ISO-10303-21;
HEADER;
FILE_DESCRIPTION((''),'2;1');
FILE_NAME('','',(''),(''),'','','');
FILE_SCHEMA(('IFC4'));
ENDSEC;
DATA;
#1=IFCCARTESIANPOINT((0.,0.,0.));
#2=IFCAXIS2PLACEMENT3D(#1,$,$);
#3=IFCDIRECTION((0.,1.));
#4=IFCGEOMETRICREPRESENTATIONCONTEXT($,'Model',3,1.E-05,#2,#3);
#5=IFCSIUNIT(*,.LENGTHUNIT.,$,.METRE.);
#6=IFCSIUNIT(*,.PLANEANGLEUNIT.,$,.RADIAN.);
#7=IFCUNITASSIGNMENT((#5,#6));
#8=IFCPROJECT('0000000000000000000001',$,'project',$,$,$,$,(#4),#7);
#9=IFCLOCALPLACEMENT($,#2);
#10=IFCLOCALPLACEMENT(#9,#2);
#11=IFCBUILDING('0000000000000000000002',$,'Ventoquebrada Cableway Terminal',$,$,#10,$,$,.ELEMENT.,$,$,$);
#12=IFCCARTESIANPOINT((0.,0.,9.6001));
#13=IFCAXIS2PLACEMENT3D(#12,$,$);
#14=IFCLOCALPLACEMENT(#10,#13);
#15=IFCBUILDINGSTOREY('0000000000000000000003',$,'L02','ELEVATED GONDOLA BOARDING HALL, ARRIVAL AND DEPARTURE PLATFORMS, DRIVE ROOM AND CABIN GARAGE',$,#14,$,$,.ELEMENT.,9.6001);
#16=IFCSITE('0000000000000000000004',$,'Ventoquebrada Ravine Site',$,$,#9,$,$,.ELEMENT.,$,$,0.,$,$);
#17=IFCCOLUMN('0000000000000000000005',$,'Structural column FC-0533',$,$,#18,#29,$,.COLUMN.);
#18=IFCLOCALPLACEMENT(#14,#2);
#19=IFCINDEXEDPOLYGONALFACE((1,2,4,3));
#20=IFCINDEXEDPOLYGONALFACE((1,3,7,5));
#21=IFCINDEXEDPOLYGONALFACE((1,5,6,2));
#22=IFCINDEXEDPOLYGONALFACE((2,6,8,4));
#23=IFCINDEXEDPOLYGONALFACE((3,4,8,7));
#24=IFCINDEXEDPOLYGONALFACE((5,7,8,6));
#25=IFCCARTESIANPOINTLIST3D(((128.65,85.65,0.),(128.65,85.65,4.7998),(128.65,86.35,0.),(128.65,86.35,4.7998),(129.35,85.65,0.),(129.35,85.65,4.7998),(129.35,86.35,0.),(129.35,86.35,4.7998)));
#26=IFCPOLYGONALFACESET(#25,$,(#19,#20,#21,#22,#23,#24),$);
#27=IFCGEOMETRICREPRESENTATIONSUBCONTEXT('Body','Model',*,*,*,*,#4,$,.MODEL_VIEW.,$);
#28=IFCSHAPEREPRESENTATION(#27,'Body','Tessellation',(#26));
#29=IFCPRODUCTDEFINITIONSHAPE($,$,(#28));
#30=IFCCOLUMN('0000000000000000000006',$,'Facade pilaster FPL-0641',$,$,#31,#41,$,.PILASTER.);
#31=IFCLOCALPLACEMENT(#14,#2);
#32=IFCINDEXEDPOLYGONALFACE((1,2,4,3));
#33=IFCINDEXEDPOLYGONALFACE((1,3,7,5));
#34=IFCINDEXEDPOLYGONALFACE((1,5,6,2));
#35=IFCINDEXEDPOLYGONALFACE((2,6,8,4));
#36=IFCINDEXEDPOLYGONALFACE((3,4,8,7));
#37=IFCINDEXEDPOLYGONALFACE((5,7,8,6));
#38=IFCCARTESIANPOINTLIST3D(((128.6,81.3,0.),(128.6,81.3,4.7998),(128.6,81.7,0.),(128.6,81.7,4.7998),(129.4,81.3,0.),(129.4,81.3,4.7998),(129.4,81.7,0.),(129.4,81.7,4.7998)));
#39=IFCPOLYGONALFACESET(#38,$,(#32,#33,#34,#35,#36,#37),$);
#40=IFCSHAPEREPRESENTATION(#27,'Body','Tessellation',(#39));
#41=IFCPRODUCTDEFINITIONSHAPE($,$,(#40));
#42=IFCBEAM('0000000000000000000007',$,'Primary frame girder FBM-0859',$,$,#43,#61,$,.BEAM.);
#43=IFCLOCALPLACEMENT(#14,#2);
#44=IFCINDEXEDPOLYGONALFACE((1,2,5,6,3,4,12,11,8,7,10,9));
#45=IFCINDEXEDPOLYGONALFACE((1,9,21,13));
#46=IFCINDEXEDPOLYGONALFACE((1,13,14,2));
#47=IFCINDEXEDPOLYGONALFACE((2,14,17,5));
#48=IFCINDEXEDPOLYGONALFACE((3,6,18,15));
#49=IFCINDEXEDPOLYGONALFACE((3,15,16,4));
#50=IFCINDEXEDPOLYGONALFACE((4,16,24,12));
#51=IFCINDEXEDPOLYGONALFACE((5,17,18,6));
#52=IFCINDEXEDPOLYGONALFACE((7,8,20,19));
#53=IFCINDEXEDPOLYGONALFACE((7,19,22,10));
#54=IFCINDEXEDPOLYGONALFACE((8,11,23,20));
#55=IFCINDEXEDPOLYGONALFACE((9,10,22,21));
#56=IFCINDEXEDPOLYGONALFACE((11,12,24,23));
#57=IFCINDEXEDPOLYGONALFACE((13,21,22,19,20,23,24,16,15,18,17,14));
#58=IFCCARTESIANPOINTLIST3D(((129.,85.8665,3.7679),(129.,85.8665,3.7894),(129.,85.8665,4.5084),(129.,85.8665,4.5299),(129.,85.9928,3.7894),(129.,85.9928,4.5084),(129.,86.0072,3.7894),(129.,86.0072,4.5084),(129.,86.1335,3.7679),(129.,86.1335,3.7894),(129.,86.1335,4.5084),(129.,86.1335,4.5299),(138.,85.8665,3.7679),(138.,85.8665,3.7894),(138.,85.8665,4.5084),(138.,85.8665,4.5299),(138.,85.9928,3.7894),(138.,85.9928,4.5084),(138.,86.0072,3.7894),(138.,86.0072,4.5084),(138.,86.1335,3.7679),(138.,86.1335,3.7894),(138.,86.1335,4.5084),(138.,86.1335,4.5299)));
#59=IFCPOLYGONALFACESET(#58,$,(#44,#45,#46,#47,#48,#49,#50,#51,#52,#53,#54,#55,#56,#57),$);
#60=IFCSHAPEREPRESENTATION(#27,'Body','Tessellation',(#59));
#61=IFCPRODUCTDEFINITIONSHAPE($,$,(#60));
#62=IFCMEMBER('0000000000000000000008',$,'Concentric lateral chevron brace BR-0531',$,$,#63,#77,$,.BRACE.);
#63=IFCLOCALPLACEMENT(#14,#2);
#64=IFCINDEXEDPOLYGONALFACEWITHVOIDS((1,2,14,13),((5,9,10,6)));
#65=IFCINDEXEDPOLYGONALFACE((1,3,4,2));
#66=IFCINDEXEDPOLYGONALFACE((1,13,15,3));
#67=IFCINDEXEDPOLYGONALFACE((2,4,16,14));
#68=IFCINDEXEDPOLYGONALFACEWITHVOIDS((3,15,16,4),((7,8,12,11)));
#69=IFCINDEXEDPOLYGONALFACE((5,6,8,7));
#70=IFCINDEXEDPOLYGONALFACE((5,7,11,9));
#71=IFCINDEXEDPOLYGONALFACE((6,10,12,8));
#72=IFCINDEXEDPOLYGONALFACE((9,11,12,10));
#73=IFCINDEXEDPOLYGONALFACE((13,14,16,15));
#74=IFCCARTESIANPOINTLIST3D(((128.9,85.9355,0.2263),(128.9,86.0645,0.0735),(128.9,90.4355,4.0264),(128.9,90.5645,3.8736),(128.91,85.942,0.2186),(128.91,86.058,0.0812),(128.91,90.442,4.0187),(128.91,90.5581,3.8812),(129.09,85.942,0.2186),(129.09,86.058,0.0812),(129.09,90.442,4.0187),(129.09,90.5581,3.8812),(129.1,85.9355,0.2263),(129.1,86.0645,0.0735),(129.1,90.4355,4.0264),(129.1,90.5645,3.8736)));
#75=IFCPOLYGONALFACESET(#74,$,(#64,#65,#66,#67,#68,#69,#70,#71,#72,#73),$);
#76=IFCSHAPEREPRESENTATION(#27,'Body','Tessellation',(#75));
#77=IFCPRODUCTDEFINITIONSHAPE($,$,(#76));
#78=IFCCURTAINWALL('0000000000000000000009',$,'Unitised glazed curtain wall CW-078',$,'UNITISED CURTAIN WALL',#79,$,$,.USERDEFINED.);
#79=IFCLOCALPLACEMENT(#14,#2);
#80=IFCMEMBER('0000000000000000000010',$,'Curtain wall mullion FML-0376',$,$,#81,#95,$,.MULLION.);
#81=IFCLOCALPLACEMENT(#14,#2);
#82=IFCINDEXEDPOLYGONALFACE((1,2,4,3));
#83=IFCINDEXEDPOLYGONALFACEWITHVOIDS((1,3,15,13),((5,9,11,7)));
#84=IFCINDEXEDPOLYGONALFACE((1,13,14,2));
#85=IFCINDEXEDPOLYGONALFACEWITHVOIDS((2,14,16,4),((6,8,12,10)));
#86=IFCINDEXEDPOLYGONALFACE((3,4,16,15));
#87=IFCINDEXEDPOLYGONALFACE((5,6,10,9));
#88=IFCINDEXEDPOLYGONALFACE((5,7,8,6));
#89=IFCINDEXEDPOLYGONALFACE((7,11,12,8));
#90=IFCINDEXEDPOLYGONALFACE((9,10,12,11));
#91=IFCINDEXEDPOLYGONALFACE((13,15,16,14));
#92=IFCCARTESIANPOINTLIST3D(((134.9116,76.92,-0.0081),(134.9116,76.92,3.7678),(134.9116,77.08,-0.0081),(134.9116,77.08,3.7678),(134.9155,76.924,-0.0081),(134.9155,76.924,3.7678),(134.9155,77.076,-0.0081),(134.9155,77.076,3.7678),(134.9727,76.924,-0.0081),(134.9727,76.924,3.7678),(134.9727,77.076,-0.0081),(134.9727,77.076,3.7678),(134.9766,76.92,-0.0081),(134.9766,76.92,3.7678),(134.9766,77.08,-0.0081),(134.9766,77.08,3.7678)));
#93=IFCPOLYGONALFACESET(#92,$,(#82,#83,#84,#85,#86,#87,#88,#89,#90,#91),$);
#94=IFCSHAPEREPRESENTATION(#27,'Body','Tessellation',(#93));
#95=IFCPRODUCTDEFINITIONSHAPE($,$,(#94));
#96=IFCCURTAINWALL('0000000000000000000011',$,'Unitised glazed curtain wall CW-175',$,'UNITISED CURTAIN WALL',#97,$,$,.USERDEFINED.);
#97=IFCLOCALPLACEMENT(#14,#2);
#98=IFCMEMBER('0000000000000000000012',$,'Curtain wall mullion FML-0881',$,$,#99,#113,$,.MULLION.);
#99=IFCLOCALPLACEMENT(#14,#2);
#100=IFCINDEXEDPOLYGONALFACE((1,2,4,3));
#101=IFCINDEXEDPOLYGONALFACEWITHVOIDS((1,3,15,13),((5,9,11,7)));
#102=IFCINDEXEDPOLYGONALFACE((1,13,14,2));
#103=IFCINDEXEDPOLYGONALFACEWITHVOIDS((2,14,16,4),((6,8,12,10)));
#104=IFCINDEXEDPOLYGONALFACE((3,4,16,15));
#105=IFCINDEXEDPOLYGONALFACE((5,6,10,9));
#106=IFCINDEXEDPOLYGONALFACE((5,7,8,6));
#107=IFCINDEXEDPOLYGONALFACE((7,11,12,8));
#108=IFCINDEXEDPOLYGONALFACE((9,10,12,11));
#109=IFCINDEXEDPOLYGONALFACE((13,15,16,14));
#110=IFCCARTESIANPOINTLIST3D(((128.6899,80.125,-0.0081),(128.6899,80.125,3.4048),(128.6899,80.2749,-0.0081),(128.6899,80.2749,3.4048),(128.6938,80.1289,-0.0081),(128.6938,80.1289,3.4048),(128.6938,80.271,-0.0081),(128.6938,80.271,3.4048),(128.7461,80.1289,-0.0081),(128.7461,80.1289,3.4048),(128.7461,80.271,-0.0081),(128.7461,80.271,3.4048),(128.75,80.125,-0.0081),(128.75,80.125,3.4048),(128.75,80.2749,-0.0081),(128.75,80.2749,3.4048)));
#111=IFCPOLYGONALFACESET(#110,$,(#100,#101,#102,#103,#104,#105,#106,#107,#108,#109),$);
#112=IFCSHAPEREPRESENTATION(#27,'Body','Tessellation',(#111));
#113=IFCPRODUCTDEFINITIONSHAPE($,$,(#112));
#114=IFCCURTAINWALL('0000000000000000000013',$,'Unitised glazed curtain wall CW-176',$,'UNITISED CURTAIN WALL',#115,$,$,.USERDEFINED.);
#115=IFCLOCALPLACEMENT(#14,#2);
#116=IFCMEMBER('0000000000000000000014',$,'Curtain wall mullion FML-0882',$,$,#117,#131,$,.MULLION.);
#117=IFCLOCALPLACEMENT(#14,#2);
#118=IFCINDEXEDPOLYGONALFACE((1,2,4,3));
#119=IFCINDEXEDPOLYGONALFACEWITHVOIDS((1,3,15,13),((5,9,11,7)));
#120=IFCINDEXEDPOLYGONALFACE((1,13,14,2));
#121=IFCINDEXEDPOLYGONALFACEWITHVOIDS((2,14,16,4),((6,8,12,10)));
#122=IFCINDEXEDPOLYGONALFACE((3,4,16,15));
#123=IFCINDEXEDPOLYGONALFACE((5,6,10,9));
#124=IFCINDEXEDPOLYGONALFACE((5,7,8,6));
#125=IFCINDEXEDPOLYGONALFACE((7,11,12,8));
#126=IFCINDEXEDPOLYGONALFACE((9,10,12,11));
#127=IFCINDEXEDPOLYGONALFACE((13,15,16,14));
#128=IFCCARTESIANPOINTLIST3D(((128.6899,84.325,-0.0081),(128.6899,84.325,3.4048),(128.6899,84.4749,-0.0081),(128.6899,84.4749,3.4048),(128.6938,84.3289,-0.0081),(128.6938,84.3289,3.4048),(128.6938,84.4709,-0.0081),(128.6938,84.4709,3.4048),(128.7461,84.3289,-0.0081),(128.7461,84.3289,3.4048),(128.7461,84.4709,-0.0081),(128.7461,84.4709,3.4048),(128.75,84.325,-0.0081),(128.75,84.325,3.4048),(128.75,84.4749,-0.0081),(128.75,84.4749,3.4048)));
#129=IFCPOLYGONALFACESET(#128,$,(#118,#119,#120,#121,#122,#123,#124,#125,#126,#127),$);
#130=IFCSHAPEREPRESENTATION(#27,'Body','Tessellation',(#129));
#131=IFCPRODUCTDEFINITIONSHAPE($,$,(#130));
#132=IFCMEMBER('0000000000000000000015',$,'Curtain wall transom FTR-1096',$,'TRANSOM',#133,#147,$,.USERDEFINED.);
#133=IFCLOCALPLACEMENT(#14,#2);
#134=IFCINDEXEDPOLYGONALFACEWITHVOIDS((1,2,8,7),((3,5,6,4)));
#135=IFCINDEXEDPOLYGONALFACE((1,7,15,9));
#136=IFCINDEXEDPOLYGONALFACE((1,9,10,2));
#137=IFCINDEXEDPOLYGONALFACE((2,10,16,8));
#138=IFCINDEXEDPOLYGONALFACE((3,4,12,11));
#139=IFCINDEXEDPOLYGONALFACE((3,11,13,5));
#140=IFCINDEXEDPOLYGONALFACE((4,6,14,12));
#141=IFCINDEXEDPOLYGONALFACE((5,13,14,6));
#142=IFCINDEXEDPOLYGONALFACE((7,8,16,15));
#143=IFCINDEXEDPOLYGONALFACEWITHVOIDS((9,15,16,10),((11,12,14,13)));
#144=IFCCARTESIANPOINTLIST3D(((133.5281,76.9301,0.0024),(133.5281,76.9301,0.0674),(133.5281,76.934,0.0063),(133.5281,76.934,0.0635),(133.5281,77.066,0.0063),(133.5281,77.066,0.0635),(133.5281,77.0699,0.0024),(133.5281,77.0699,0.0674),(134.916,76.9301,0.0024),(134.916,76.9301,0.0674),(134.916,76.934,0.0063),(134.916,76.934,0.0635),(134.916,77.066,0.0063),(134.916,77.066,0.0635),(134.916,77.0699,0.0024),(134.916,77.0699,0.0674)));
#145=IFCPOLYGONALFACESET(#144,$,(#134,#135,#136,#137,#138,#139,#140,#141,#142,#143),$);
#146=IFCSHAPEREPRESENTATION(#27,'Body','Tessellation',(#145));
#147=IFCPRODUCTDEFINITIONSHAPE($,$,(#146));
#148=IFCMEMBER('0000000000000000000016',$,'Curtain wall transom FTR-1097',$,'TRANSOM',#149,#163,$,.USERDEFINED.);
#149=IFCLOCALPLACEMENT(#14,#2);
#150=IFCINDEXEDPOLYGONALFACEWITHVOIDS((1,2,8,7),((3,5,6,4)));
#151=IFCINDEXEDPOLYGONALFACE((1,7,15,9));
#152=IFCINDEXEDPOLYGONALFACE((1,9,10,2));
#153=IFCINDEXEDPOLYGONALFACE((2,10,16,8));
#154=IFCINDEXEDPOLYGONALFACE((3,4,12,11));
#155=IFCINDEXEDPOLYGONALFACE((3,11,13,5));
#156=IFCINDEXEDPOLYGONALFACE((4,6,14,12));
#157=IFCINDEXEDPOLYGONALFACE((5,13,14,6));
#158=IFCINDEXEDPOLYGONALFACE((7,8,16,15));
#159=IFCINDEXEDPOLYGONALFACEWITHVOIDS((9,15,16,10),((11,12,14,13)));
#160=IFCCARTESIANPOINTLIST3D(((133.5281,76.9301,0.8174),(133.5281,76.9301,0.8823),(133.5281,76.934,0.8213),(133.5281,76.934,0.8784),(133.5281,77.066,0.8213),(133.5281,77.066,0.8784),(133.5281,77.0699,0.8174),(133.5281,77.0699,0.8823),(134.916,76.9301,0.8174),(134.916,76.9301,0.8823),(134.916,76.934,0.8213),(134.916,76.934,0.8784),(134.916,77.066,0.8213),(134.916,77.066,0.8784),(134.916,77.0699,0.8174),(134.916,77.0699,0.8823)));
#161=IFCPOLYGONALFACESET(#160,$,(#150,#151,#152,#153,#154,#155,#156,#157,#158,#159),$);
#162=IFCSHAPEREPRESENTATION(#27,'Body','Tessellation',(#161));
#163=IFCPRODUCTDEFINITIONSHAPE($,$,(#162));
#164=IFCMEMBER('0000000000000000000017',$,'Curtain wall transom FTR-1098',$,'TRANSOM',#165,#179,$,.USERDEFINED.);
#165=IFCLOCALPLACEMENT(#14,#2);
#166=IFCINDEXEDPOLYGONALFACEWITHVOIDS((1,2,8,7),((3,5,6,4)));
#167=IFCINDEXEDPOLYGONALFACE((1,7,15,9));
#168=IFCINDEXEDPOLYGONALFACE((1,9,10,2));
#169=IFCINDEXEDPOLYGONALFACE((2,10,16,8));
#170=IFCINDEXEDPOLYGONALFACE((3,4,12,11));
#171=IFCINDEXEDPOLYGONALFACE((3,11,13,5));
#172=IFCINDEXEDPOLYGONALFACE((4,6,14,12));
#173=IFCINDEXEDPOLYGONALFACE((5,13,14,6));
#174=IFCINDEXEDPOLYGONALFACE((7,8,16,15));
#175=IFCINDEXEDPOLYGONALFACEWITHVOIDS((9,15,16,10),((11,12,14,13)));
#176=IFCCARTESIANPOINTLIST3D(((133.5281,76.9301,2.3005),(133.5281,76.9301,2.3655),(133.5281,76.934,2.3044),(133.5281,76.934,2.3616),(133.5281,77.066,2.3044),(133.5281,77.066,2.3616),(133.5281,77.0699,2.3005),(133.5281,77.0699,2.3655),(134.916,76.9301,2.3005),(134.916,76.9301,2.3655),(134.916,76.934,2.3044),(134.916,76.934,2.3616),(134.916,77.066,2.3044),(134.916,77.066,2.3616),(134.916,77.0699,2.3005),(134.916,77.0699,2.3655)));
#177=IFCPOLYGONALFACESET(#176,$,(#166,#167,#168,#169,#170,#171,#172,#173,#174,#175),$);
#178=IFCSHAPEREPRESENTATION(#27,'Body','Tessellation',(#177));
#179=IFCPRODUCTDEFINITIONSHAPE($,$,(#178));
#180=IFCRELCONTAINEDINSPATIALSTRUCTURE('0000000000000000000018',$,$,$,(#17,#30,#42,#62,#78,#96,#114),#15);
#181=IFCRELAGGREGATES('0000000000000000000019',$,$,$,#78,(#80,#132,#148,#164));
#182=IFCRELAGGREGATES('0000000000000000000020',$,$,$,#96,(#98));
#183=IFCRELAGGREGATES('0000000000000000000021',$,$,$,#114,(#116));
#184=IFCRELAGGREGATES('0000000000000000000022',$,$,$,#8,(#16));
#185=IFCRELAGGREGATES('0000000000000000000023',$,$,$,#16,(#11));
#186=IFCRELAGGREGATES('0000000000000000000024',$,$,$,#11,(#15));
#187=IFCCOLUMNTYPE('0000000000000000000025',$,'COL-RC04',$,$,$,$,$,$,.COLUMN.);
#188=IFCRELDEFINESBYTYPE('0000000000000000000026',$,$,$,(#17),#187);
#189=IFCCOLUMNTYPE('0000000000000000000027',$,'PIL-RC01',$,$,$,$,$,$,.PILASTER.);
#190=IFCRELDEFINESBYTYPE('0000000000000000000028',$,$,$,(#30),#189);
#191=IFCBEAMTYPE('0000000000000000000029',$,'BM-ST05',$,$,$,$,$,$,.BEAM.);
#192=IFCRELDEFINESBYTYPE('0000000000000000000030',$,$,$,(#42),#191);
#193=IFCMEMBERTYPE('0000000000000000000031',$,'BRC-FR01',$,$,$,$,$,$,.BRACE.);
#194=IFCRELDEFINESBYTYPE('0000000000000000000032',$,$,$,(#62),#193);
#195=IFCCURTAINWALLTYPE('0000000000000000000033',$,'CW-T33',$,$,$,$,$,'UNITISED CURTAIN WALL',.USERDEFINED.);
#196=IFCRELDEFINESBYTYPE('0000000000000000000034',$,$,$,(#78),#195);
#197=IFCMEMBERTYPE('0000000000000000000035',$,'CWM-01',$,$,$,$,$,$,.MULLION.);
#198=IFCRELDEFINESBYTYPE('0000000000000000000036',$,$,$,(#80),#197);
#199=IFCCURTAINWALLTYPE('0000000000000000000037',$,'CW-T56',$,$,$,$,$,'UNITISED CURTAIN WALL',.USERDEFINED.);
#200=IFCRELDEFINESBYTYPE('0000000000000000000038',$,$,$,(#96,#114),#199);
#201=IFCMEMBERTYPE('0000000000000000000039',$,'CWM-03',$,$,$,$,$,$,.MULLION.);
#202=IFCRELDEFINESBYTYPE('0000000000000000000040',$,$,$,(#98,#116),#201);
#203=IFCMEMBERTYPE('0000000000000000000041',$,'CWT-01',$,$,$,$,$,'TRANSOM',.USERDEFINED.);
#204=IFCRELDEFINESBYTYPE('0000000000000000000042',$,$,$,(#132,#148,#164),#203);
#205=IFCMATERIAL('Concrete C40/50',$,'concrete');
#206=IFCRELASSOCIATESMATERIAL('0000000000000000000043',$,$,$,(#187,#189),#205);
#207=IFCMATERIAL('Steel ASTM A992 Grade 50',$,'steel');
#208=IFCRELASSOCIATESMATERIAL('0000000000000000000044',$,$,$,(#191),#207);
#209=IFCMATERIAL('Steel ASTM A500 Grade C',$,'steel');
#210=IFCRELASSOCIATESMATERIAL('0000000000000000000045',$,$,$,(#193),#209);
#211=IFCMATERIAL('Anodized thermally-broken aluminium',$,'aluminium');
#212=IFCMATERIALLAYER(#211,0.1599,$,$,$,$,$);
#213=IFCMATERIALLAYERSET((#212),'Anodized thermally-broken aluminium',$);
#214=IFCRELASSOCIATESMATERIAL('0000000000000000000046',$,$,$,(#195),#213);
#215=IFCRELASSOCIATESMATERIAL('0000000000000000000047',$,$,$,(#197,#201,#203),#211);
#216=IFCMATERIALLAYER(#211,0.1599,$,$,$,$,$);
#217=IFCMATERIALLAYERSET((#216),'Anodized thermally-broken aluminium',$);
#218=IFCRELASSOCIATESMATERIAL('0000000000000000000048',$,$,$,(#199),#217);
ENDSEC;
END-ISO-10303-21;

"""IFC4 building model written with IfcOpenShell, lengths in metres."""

from ifc_helpers import new_model, si_unit, direction, frame, origin, origin_2d, place, context, subcontext, project, spatial, rectangle, hollow_rectangle, i_section, extrude, material, layer, layer_set, material_profile, profile_set, type_object, element, aggregate, save


model = new_model("IFC4")

# Units and contexts
model_context = context("Model", 3, precision=1e-05, world=origin(), true_north=direction((0.0, 1.0)))
body_context = subcontext(model_context, "Body", "Model", "MODEL_VIEW")
ifc_project = project(units=[si_unit("LENGTHUNIT", "METRE"), si_unit("PLANEANGLEUNIT", "RADIAN")], contexts=[model_context])

# Site, building, storey
site_placement = place(None, origin())
site = spatial("IfcSite", under=ifc_project, at=site_placement, Name="Ventoquebrada Ravine Site", CompositionType="ELEMENT", RefElevation=0.0)
building_placement = place(site_placement, origin())
building = spatial("IfcBuilding", under=site, at=building_placement, Name="Ventoquebrada Cableway Terminal", CompositionType="ELEMENT")
storey_placement = place(building_placement, frame((0.0, 0.0, 9.6001)))
storey = spatial("IfcBuildingStorey", under=building, at=storey_placement, Name="L02", Description="ELEVATED GONDOLA BOARDING HALL, ARRIVAL AND DEPARTURE PLATFORMS, DRIVE ROOM AND CABIN GARAGE", CompositionType="ELEMENT", Elevation=9.6001)

# Columns
ifc_material_1 = material(Name="Concrete C40/50", Category="concrete")
ifc_material_profile_1 = material_profile(ifc_material_1, rectangle(XDim=0.7, YDim=0.7, at=origin_2d()), Name="RC-COL-700X700")
ifc_profile_set_1 = profile_set([ifc_material_profile_1], Name="Concrete C40/50")
column_type_1 = type_object("IfcColumnType", Name="COL-RC04", PredefinedType="COLUMN", material=ifc_profile_set_1)
column_1_placement = place(storey_placement, frame((129.0, 86.0, 0.0), z_axis=(0.0, 0.0, 1.0), x_axis=(1.0, 0.0, 0.0)))
element("IfcColumn", 1, at=column_1_placement, inside=storey, type_object=column_type_1, Name="Structural column FC-0533", PredefinedType="COLUMN", context=body_context, shape_type="SweptSolid", body=[
    extrude(rectangle(XDim=0.7, YDim=0.7, at=origin_2d()), origin(), (0.0, 0.0, 1.0), 4.7998),
])
ifc_material_profile_2 = material_profile(ifc_material_1, rectangle(XDim=0.3999, YDim=0.8, at=origin_2d()), Name="RC-PIL-400X800")
ifc_profile_set_2 = profile_set([ifc_material_profile_2], Name="Concrete C40/50")
column_type_2 = type_object("IfcColumnType", Name="PIL-RC01", PredefinedType="PILASTER", material=ifc_profile_set_2)
column_2_placement = place(storey_placement, frame((129.0, 81.5, 0.0), z_axis=(0.0, 0.0, 1.0), x_axis=(0.0, 1.0, 0.0)))
element("IfcColumn", 2, at=column_2_placement, inside=storey, type_object=column_type_2, Name="Facade pilaster FPL-0641", PredefinedType="PILASTER", context=body_context, shape_type="SweptSolid", body=[
    extrude(rectangle(XDim=0.3999, YDim=0.8, at=origin_2d()), origin(), (0.0, 0.0, 1.0), 4.7998),
])

# Beam
ifc_material_2 = material(Name="Steel ASTM A992 Grade 50", Category="steel")
ifc_material_profile_3 = material_profile(ifc_material_2, i_section(OverallWidth=0.2671, OverallDepth=0.762, WebThickness=0.0144, FlangeThickness=0.0215, at=origin_2d()), Name="W30X116")
ifc_profile_set_3 = profile_set([ifc_material_profile_3], Name="Steel ASTM A992 Grade 50")
beam_type_1 = type_object("IfcBeamType", Name="BM-ST05", PredefinedType="BEAM", material=ifc_profile_set_3)
beam_placement = place(storey_placement, frame((129.0, 86.0, 4.1489), z_axis=(1.0, 0.0, 0.0), x_axis=(0.0, 1.0, 0.0)))
element("IfcBeam", 3, at=beam_placement, inside=storey, type_object=beam_type_1, Name="Primary frame girder FBM-0859", PredefinedType="BEAM", context=body_context, shape_type="SweptSolid", body=[
    extrude(i_section(OverallWidth=0.2671, OverallDepth=0.762, WebThickness=0.0144, FlangeThickness=0.0215, at=origin_2d()), origin(), (0.0, 0.0, 1.0), 9.0),
])

# Member
ifc_material_3 = material(Name="Steel ASTM A500 Grade C", Category="steel")
ifc_material_profile_4 = material_profile(ifc_material_3, hollow_rectangle(XDim=0.2, YDim=0.2, WallThickness=0.01, at=origin_2d()), Name="HSS200X200X10")
ifc_profile_set_4 = profile_set([ifc_material_profile_4], Name="Steel ASTM A500 Grade C")
member_type_1 = type_object("IfcMemberType", Name="BRC-FR01", PredefinedType="BRACE", material=ifc_profile_set_4)
member_1_placement = place(storey_placement, frame((129.0, 86.0, 0.1499), z_axis=(0.0, 0.764026, 0.645186), x_axis=(-1.0, 0.0, 0.0)))
element("IfcMember", 4, at=member_1_placement, inside=storey, type_object=member_type_1, Name="Concentric lateral chevron brace BR-0531", PredefinedType="BRACE", context=body_context, shape_type="SweptSolid", body=[
    extrude(hollow_rectangle(XDim=0.2, YDim=0.2, WallThickness=0.01, at=origin_2d()), origin(), (0.0, 0.0, 1.0), 5.8899),
])

# Curtain walls, members
ifc_material_4 = material(Name="Anodized thermally-broken aluminium", Category="aluminium")
ifc_layer_1 = layer(ifc_material_4, 0.1599)
ifc_layer_set_1 = layer_set([ifc_layer_1], Name="Anodized thermally-broken aluminium")
curtain_wall_type_1 = type_object("IfcCurtainWallType", Name="CW-T33", ElementType="UNITISED CURTAIN WALL", PredefinedType="USERDEFINED", material=ifc_layer_set_1)
curtain_wall_1_placement = place(storey_placement, origin())
curtain_wall_1 = element("IfcCurtainWall", 5, at=curtain_wall_1_placement, inside=storey, type_object=curtain_wall_type_1, Name="Unitised glazed curtain wall CW-078", ObjectType="UNITISED CURTAIN WALL", PredefinedType="USERDEFINED")
ifc_material_profile_5 = material_profile(ifc_material_4, hollow_rectangle(XDim=0.0649, YDim=0.1599, WallThickness=0.0039, at=origin_2d()), Name="CW-MUL-65X160")
ifc_profile_set_5 = profile_set([ifc_material_profile_5], Name="Anodized thermally-broken aluminium")
member_type_2 = type_object("IfcMemberType", Name="CWM-01", PredefinedType="MULLION", material=ifc_profile_set_5)
member_2_placement = place(storey_placement, frame((134.9441, 77.0, -0.0081), z_axis=(0.0, 0.0, 1.0), x_axis=(1.0, 0.0, 0.0)))
member_2 = element("IfcMember", 6, at=member_2_placement, type_object=member_type_2, Name="Curtain wall mullion FML-0376", PredefinedType="MULLION", context=body_context, shape_type="SweptSolid", body=[
    extrude(hollow_rectangle(XDim=0.0649, YDim=0.1599, WallThickness=0.0039, at=origin_2d()), origin(), (0.0, 0.0, 1.0), 3.7759),
])
ifc_layer_2 = layer(ifc_material_4, 0.1599)
ifc_layer_set_2 = layer_set([ifc_layer_2], Name="Anodized thermally-broken aluminium")
curtain_wall_type_2 = type_object("IfcCurtainWallType", Name="CW-T56", ElementType="UNITISED CURTAIN WALL", PredefinedType="USERDEFINED", material=ifc_layer_set_2)
curtain_wall_2_placement = place(storey_placement, origin())
curtain_wall_2 = element("IfcCurtainWall", 7, at=curtain_wall_2_placement, inside=storey, type_object=curtain_wall_type_2, Name="Unitised glazed curtain wall CW-175", ObjectType="UNITISED CURTAIN WALL", PredefinedType="USERDEFINED")
ifc_material_profile_6 = material_profile(ifc_material_4, hollow_rectangle(XDim=0.0601, YDim=0.1499, WallThickness=0.0039, at=origin_2d()), Name="CW-MUL-60X150")
ifc_profile_set_6 = profile_set([ifc_material_profile_6], Name="Anodized thermally-broken aluminium")
member_type_3 = type_object("IfcMemberType", Name="CWM-03", PredefinedType="MULLION", material=ifc_profile_set_6)
member_3_placement = place(storey_placement, frame((128.72, 80.2, -0.0081), z_axis=(0.0, 0.0, 1.0), x_axis=(1.0, 0.0, 0.0)))
member_3 = element("IfcMember", 8, at=member_3_placement, type_object=member_type_3, Name="Curtain wall mullion FML-0881", PredefinedType="MULLION", context=body_context, shape_type="SweptSolid", body=[
    extrude(hollow_rectangle(XDim=0.0601, YDim=0.1499, WallThickness=0.0039, at=origin_2d()), origin(), (0.0, 0.0, 1.0), 3.4128),
])
curtain_wall_3_placement = place(storey_placement, origin())
curtain_wall_3 = element("IfcCurtainWall", 9, at=curtain_wall_3_placement, inside=storey, type_object=curtain_wall_type_2, Name="Unitised glazed curtain wall CW-176", ObjectType="UNITISED CURTAIN WALL", PredefinedType="USERDEFINED")
member_4_placement = place(storey_placement, frame((128.72, 84.3999, -0.0081), z_axis=(0.0, 0.0, 1.0), x_axis=(-1.0, 0.0, 0.0)))
member_4 = element("IfcMember", 10, at=member_4_placement, type_object=member_type_3, Name="Curtain wall mullion FML-0882", PredefinedType="MULLION", context=body_context, shape_type="SweptSolid", body=[
    extrude(hollow_rectangle(XDim=0.0601, YDim=0.1499, WallThickness=0.0039, at=origin_2d()), origin(), (0.0, 0.0, 1.0), 3.4128),
])

# Members
ifc_material_profile_7 = material_profile(ifc_material_4, hollow_rectangle(XDim=0.0649, YDim=0.1399, WallThickness=0.0039, at=origin_2d()), Name="CW-TRN-65X140")
ifc_profile_set_7 = profile_set([ifc_material_profile_7], Name="Anodized thermally-broken aluminium")
member_type_4 = type_object("IfcMemberType", Name="CWT-01", ElementType="TRANSOM", PredefinedType="USERDEFINED", material=ifc_profile_set_7)
member_5_placement = place(storey_placement, frame((133.5281, 77.0, 0.0349), z_axis=(1.0, 0.0, 0.0), x_axis=(0.0, 0.0, 1.0)))
member_5 = element("IfcMember", 11, at=member_5_placement, type_object=member_type_4, Name="Curtain wall transom FTR-1096", ObjectType="TRANSOM", PredefinedType="USERDEFINED", context=body_context, shape_type="SweptSolid", body=[
    extrude(hollow_rectangle(XDim=0.0649, YDim=0.1399, WallThickness=0.0039, at=origin_2d()), origin(), (0.0, 0.0, 1.0), 1.3879),
])
member_6_placement = place(storey_placement, frame((133.5281, 77.0, 0.8499), z_axis=(1.0, 0.0, 0.0), x_axis=(0.0, 0.0, 1.0)))
member_6 = element("IfcMember", 12, at=member_6_placement, type_object=member_type_4, Name="Curtain wall transom FTR-1097", ObjectType="TRANSOM", PredefinedType="USERDEFINED", context=body_context, shape_type="SweptSolid", body=[
    extrude(hollow_rectangle(XDim=0.0649, YDim=0.1399, WallThickness=0.0039, at=origin_2d()), origin(), (0.0, 0.0, 1.0), 1.3879),
])
member_7_placement = place(storey_placement, frame((133.5281, 77.0, 2.333), z_axis=(1.0, 0.0, 0.0), x_axis=(0.0, 0.0, 1.0)))
member_7 = element("IfcMember", 13, at=member_7_placement, type_object=member_type_4, Name="Curtain wall transom FTR-1098", ObjectType="TRANSOM", PredefinedType="USERDEFINED", context=body_context, shape_type="SweptSolid", body=[
    extrude(hollow_rectangle(XDim=0.0649, YDim=0.1399, WallThickness=0.0039, at=origin_2d()), origin(), (0.0, 0.0, 1.0), 1.3879),
])

aggregate(curtain_wall_1, [member_2, member_5, member_6, member_7])
aggregate(curtain_wall_2, [member_3])
aggregate(curtain_wall_3, [member_4])

save(model, "model.ifc")
